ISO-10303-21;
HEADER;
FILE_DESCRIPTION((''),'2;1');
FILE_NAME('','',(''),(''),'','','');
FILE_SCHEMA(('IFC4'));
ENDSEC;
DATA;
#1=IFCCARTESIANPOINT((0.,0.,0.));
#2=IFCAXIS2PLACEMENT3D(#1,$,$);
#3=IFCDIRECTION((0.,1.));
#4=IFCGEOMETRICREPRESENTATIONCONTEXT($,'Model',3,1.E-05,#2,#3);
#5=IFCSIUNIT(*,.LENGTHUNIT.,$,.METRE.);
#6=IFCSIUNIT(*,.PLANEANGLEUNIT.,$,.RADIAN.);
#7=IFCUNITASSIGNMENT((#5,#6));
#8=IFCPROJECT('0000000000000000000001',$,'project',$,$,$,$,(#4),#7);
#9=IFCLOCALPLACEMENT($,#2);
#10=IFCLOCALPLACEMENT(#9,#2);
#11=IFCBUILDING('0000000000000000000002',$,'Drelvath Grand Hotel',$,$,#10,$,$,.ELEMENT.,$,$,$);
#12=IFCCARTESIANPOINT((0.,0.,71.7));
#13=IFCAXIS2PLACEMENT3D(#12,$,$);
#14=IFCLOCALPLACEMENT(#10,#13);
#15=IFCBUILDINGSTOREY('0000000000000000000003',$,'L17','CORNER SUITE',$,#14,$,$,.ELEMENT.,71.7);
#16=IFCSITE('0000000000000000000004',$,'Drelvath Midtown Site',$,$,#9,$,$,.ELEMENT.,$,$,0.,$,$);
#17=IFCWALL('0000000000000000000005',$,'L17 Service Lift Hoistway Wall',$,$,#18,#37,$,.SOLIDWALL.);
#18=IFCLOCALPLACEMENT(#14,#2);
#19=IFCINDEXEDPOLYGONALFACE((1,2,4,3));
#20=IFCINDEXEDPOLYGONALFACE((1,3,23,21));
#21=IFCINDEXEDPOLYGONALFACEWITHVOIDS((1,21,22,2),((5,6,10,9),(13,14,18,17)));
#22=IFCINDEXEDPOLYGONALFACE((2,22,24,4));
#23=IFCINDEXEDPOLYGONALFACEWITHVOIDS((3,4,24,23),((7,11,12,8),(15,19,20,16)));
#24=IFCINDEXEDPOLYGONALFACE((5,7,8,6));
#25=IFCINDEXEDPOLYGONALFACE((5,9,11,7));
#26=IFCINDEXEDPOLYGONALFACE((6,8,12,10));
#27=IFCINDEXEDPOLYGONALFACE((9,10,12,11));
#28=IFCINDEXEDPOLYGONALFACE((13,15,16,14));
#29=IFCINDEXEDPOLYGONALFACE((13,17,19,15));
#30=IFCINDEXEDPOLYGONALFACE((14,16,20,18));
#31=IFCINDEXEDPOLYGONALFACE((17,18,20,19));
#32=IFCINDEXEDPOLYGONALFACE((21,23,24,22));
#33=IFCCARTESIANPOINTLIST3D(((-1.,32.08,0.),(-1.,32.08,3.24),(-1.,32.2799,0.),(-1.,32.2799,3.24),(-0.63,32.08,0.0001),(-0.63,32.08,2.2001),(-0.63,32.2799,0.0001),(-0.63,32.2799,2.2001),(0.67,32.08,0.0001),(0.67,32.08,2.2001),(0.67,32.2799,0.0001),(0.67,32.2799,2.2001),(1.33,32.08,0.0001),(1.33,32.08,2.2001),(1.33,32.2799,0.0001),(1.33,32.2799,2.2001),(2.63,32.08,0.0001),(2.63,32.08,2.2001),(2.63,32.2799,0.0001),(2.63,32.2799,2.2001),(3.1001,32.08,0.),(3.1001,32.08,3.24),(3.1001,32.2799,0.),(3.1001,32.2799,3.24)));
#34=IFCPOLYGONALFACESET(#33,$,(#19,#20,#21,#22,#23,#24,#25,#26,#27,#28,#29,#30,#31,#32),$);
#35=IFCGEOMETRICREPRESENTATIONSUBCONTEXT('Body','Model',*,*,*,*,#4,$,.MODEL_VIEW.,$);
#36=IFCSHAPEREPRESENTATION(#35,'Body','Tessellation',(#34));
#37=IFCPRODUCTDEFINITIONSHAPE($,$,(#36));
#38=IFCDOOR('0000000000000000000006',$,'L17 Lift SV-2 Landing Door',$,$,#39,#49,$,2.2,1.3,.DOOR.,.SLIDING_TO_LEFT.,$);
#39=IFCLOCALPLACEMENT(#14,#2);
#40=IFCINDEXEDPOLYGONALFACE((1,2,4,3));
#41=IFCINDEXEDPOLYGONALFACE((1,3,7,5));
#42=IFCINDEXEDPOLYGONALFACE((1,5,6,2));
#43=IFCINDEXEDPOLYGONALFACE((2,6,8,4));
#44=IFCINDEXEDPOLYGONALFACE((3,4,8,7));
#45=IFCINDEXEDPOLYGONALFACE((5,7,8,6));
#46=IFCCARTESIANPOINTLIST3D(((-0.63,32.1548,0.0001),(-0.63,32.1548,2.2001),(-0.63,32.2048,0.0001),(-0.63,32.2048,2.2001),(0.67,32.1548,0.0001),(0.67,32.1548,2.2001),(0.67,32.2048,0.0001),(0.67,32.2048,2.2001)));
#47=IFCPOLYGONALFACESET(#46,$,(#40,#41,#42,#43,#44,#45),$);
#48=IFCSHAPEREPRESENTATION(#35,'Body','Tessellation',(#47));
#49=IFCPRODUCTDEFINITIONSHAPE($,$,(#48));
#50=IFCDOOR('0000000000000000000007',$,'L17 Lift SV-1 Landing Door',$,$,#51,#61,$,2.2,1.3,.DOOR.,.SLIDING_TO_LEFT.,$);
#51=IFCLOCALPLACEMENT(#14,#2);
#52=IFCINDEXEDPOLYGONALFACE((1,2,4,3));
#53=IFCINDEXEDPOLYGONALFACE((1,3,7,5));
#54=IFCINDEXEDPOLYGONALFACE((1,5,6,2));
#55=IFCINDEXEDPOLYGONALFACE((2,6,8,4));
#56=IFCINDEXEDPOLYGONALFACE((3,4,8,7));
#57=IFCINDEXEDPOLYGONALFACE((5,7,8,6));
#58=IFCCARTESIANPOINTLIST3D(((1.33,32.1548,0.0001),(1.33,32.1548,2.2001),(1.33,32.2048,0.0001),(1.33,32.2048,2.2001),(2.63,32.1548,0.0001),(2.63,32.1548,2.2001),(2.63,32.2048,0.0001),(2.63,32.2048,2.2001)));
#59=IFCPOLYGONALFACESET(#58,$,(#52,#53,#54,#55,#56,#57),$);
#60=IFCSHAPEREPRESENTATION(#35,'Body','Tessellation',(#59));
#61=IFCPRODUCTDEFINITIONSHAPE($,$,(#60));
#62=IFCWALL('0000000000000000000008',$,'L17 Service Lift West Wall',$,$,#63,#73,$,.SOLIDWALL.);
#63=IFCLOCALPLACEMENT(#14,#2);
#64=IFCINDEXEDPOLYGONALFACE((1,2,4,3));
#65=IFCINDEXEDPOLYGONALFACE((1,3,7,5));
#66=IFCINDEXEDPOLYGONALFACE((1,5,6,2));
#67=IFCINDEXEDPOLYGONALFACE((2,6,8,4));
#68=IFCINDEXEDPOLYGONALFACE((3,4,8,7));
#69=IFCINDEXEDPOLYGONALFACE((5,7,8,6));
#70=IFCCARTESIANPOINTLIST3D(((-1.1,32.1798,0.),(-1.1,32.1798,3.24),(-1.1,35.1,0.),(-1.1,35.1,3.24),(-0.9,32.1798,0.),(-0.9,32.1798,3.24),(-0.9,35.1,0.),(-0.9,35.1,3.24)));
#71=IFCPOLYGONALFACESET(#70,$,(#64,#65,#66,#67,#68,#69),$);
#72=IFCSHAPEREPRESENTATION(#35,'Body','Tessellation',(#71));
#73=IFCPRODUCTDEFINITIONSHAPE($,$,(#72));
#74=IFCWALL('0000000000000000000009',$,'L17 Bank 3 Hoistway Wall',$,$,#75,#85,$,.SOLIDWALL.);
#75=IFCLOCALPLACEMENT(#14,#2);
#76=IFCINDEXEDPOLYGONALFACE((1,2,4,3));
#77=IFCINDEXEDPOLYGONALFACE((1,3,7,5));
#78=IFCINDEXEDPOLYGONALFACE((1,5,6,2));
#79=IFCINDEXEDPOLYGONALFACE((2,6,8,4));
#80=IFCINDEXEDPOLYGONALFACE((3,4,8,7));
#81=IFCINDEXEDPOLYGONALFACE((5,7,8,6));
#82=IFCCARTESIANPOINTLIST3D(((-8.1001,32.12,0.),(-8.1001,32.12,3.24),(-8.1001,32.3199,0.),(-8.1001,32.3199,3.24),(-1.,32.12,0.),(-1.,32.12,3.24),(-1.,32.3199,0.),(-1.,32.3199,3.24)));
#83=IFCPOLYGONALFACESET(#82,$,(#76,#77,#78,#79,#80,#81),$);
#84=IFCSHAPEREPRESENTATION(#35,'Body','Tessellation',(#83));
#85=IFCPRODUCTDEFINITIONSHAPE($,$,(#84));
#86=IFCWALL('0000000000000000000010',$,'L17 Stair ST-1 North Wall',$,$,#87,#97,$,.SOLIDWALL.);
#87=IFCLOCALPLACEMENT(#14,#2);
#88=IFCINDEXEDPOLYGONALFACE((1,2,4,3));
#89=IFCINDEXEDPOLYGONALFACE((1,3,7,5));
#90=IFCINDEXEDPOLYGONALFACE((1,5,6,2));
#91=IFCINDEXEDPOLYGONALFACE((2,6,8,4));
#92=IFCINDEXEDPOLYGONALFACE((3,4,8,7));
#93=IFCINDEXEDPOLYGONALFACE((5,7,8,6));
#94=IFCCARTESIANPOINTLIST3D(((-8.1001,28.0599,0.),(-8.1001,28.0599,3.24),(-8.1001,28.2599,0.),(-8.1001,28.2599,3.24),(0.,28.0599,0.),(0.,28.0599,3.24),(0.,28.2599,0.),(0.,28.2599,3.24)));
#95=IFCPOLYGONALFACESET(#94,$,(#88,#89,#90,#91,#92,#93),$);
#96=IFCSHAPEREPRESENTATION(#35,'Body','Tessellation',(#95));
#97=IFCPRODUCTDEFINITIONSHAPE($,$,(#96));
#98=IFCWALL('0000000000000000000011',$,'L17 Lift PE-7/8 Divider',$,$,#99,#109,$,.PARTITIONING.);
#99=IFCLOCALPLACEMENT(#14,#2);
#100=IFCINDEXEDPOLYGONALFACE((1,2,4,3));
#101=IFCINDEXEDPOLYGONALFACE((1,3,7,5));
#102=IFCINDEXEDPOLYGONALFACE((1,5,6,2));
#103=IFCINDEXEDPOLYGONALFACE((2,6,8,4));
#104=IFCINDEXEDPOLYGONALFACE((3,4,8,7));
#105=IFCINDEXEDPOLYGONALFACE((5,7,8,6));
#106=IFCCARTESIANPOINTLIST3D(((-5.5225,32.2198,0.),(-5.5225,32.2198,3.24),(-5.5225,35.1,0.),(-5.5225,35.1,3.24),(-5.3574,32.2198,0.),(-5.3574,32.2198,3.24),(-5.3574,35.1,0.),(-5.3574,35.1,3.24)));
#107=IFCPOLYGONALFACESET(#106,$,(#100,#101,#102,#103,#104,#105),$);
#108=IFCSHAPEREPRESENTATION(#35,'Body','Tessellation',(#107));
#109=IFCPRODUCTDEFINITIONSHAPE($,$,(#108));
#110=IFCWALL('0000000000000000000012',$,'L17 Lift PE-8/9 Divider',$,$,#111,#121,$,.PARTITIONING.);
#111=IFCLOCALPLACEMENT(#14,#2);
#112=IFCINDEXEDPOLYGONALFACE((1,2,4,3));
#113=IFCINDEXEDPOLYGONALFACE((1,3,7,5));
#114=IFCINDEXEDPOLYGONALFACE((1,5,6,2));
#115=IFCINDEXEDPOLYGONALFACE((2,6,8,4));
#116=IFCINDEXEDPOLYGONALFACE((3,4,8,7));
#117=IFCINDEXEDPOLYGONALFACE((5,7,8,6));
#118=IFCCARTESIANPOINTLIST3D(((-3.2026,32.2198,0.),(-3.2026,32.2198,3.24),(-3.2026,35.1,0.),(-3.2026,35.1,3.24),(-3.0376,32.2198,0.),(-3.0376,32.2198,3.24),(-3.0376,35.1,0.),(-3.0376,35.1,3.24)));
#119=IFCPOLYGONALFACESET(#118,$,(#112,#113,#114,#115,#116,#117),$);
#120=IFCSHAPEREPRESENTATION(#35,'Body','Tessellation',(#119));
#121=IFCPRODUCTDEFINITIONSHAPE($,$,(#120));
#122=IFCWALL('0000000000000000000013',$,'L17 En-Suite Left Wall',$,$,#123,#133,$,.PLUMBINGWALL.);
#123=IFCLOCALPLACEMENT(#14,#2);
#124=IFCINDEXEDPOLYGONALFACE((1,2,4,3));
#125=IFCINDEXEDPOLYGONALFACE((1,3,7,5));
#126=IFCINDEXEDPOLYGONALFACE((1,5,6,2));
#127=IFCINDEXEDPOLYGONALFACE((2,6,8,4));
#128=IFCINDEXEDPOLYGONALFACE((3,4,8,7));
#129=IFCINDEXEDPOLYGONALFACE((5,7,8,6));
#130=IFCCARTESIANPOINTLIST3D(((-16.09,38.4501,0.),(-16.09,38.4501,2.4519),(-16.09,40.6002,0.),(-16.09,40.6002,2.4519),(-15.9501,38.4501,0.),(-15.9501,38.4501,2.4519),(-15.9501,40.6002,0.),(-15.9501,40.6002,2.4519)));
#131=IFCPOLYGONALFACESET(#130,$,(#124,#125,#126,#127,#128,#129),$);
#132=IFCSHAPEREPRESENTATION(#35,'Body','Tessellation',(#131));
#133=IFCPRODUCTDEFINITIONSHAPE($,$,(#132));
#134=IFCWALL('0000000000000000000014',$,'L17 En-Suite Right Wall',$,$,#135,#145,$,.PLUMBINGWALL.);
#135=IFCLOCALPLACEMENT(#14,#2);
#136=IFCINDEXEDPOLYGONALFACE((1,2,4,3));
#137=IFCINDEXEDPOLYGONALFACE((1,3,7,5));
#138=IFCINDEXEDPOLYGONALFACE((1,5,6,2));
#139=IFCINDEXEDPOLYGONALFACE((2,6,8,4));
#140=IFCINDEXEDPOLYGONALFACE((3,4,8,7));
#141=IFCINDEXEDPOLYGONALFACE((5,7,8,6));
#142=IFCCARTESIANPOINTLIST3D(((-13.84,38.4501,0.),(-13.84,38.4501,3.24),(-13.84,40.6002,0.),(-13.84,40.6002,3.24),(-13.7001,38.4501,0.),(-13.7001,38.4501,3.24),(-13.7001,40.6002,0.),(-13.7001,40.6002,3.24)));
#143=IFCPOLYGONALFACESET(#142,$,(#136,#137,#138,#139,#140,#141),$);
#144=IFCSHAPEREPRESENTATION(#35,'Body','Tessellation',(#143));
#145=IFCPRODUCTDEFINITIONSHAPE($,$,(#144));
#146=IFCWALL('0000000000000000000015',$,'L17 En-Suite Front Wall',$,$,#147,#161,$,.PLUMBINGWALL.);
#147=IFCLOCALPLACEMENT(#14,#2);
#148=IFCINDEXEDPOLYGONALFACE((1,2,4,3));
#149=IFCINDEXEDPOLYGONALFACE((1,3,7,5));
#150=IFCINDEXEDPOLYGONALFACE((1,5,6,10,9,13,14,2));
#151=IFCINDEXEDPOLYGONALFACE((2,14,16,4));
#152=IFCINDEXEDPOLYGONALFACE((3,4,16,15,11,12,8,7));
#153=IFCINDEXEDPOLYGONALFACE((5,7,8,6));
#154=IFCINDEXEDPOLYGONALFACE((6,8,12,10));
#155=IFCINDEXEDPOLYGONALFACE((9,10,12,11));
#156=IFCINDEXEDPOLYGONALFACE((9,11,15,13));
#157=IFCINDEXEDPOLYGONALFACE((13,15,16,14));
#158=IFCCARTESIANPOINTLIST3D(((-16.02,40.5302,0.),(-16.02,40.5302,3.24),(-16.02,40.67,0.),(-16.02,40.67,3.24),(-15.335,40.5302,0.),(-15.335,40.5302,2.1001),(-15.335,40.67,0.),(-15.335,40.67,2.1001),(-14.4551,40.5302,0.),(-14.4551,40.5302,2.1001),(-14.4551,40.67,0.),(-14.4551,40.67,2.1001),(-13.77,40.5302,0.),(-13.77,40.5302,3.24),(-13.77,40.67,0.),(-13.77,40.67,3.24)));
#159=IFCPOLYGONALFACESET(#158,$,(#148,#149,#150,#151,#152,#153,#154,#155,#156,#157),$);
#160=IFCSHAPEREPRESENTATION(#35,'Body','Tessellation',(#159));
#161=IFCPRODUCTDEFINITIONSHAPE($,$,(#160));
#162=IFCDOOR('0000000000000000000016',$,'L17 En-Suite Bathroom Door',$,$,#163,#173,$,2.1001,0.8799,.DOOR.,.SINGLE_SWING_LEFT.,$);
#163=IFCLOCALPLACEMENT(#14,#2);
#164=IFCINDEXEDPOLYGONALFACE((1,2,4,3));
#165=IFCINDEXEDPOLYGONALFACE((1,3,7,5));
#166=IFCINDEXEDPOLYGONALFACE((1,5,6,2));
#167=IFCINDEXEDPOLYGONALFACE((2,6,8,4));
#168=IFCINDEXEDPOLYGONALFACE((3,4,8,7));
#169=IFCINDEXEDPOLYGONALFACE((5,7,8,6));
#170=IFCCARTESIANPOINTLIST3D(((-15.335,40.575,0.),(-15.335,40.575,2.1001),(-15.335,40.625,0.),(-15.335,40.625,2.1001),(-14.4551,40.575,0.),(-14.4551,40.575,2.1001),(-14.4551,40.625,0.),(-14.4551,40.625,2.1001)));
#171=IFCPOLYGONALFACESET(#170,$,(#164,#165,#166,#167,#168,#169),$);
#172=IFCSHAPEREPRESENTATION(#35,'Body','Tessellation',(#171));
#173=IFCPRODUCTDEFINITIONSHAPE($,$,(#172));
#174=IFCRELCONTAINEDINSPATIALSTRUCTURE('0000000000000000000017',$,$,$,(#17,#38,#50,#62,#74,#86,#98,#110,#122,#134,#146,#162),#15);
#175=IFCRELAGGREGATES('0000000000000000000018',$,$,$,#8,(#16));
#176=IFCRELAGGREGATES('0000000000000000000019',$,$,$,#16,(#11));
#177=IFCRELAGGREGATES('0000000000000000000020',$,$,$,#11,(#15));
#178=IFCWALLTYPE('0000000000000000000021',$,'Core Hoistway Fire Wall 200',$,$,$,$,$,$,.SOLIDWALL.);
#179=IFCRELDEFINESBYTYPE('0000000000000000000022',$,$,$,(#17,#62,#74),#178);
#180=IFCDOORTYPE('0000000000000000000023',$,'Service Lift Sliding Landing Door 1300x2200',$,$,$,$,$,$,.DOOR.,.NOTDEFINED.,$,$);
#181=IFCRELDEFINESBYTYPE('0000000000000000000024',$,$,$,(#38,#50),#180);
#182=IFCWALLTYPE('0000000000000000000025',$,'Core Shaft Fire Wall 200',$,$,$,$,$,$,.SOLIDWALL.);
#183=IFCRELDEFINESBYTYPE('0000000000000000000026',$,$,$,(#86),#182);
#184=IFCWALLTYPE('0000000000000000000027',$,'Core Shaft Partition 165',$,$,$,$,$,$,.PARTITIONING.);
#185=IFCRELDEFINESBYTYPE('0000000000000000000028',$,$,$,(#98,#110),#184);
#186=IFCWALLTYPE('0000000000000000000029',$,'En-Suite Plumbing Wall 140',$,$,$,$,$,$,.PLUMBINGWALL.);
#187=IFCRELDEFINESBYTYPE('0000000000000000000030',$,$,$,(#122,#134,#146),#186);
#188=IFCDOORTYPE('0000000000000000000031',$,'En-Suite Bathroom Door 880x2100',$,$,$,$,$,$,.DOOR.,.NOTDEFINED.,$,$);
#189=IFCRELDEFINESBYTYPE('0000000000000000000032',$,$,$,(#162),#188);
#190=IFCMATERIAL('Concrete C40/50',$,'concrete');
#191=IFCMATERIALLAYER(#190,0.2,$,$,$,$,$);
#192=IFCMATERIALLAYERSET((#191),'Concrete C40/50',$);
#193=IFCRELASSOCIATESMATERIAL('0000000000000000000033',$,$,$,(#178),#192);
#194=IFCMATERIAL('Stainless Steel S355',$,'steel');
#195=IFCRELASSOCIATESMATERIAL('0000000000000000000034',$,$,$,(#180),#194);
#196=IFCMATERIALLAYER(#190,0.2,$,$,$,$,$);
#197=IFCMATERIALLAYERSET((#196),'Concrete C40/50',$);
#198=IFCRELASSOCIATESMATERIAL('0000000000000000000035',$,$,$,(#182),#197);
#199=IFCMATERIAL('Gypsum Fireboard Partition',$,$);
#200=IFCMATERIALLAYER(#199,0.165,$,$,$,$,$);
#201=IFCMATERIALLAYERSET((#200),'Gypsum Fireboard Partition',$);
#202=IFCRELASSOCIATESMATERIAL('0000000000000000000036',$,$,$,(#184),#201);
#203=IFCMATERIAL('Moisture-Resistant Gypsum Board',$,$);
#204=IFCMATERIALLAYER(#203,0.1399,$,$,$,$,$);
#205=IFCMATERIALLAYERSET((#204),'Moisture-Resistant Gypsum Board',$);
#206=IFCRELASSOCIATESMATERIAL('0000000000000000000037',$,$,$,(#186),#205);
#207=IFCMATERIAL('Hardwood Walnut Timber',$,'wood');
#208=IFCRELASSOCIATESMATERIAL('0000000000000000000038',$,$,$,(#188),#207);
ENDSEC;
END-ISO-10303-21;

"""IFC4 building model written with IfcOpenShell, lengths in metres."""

from ifc_helpers import new_model, si_unit, direction, frame, frame_2d, origin, place, context, subcontext, project, spatial, rectangle, extrude, material, layer, layer_set, type_object, element, fill, save


model = new_model("IFC4")

# Units and contexts
model_context = context("Model", 3, precision=1e-05, world=origin(), true_north=direction((0.0, 1.0)))
body_context = subcontext(model_context, "Body", "Model", "MODEL_VIEW")
ifc_project = project(units=[si_unit("LENGTHUNIT", "METRE"), si_unit("PLANEANGLEUNIT", "RADIAN")], contexts=[model_context])

# Site, building, storey
site_placement = place(None, origin())
site = spatial("IfcSite", under=ifc_project, at=site_placement, Name="Drelvath Midtown Site", CompositionType="ELEMENT", RefElevation=0.0)
building_placement = place(site_placement, origin())
building = spatial("IfcBuilding", under=site, at=building_placement, Name="Drelvath Grand Hotel", CompositionType="ELEMENT")
storey_placement = place(building_placement, frame((0.0, 0.0, 71.7)))
storey = spatial("IfcBuildingStorey", under=building, at=storey_placement, Name="L17", Description="CORNER SUITE", CompositionType="ELEMENT", Elevation=71.7)

# Wall, openings, doors
ifc_material_1 = material(Name="Concrete C40/50", Category="concrete")
ifc_layer_1 = layer(ifc_material_1, 0.2)
ifc_layer_set_1 = layer_set([ifc_layer_1], Name="Concrete C40/50")
wall_type_1 = type_object("IfcWallType", Name="Core Hoistway Fire Wall 200", PredefinedType="SOLIDWALL", material=ifc_layer_set_1)
wall_1_placement = place(storey_placement, frame((-1.0, 32.1799, 0.0), z_axis=(0.0, 0.0, 1.0), x_axis=(1.0, 0.0, 0.0)))
wall_1 = element("IfcWall", 1, at=wall_1_placement, inside=storey, type_object=wall_type_1, Name="L17 Service Lift Hoistway Wall", PredefinedType="SOLIDWALL", context=body_context, shape_type="SweptSolid", body=[
    extrude(rectangle(XDim=4.1001, YDim=0.2, at=frame_2d((2.05, 0.0))), origin(), (0.0, 0.0, 1.0), 3.24),
])
opening_1_placement = place(wall_1_placement, frame((0.3701, 0.0, 0.0)))
opening_1 = element("IfcOpeningElement", 2, at=opening_1_placement, cuts=wall_1, PredefinedType="OPENING", context=body_context, shape_type="SweptSolid", body=[
    extrude(rectangle(XDim=1.3, YDim=2.2, at=frame_2d((0.6499, 1.1001))), frame((0.0, 0.1099, 0.0), z_axis=(0.0, -1.0, 0.0), x_axis=(1.0, 0.0, 0.0)), (0.0, 0.0, 1.0), 0.22),
])
opening_2_placement = place(wall_1_placement, frame((2.3301, 0.0, 0.0)))
opening_2 = element("IfcOpeningElement", 3, at=opening_2_placement, cuts=wall_1, PredefinedType="OPENING", context=body_context, shape_type="SweptSolid", body=[
    extrude(rectangle(XDim=1.3, YDim=2.2, at=frame_2d((0.6499, 1.1001))), frame((0.0, 0.1099, 0.0), z_axis=(0.0, -1.0, 0.0), x_axis=(1.0, 0.0, 0.0)), (0.0, 0.0, 1.0), 0.22),
])
ifc_material_2 = material(Name="Stainless Steel S355", Category="steel")
door_type_1 = type_object("IfcDoorType", Name="Service Lift Sliding Landing Door 1300x2200", OperationType="NOTDEFINED", PredefinedType="DOOR", material=ifc_material_2)
door_1_placement = place(opening_1_placement, origin())
door_1 = element("IfcDoor", 4, at=door_1_placement, inside=storey, type_object=door_type_1, Name="L17 Lift SV-2 Landing Door", OperationType="SLIDING_TO_LEFT", OverallHeight=2.2, OverallWidth=1.3, PredefinedType="DOOR", context=body_context, shape_type="SweptSolid", body=[
    extrude(rectangle(XDim=1.3, YDim=2.2, at=frame_2d((0.6499, 1.1001))), frame((0.0, 0.0249, 0.0), z_axis=(0.0, -1.0, 0.0), x_axis=(1.0, 0.0, 0.0)), (0.0, 0.0, 1.0), 0.05),
])
fill(opening_1, door_1)
door_2_placement = place(opening_2_placement, origin())
door_2 = element("IfcDoor", 5, at=door_2_placement, inside=storey, type_object=door_type_1, Name="L17 Lift SV-1 Landing Door", OperationType="SLIDING_TO_LEFT", OverallHeight=2.2, OverallWidth=1.3, PredefinedType="DOOR", context=body_context, shape_type="SweptSolid", body=[
    extrude(rectangle(XDim=1.3, YDim=2.2, at=frame_2d((0.6499, 1.1001))), frame((0.0, 0.0249, 0.0), z_axis=(0.0, -1.0, 0.0), x_axis=(1.0, 0.0, 0.0)), (0.0, 0.0, 1.0), 0.05),
])
fill(opening_2, door_2)

# Walls
wall_2_placement = place(storey_placement, frame((-1.0, 32.1799, 0.0), z_axis=(0.0, 0.0, 1.0), x_axis=(0.0, 1.0, 0.0)))
element("IfcWall", 6, at=wall_2_placement, inside=storey, type_object=wall_type_1, Name="L17 Service Lift West Wall", PredefinedType="SOLIDWALL", context=body_context, shape_type="SweptSolid", body=[
    extrude(rectangle(XDim=2.9202, YDim=0.2, at=frame_2d((1.46, 0.0))), origin(), (0.0, 0.0, 1.0), 3.24),
])
wall_3_placement = place(storey_placement, frame((-8.1001, 32.22, 0.0), z_axis=(0.0, 0.0, 1.0), x_axis=(1.0, 0.0, 0.0)))
element("IfcWall", 7, at=wall_3_placement, inside=storey, type_object=wall_type_1, Name="L17 Bank 3 Hoistway Wall", PredefinedType="SOLIDWALL", context=body_context, shape_type="SweptSolid", body=[
    extrude(rectangle(XDim=7.1001, YDim=0.2, at=frame_2d((3.55, 0.0))), origin(), (0.0, 0.0, 1.0), 3.24),
])
ifc_layer_2 = layer(ifc_material_1, 0.2)
ifc_layer_set_2 = layer_set([ifc_layer_2], Name="Concrete C40/50")
wall_type_2 = type_object("IfcWallType", Name="Core Shaft Fire Wall 200", PredefinedType="SOLIDWALL", material=ifc_layer_set_2)
wall_4_placement = place(storey_placement, frame((-8.1001, 28.1599, 0.0), z_axis=(0.0, 0.0, 1.0), x_axis=(1.0, 0.0, 0.0)))
element("IfcWall", 8, at=wall_4_placement, inside=storey, type_object=wall_type_2, Name="L17 Stair ST-1 North Wall", PredefinedType="SOLIDWALL", context=body_context, shape_type="SweptSolid", body=[
    extrude(rectangle(XDim=8.1001, YDim=0.2, at=frame_2d((4.05, 0.0))), origin(), (0.0, 0.0, 1.0), 3.24),
])
ifc_material_3 = material(Name="Gypsum Fireboard Partition")
ifc_layer_3 = layer(ifc_material_3, 0.165)
ifc_layer_set_3 = layer_set([ifc_layer_3], Name="Gypsum Fireboard Partition")
wall_type_3 = type_object("IfcWallType", Name="Core Shaft Partition 165", PredefinedType="PARTITIONING", material=ifc_layer_set_3)
for number, where, z_axis, x_axis, name in (
    (9, (-5.4399, 32.22, 0.0), (0.0, 0.0, 1.0), (0.0, 1.0, 0.0), "L17 Lift PE-7/8 Divider"),
    (10, (-3.1201, 32.22, 0.0), (0.0, 0.0, 1.0), (0.0, 1.0, 0.0), "L17 Lift PE-8/9 Divider"),
):
    element("IfcWall", number, at=place(storey_placement, frame(where, z_axis=z_axis, x_axis=x_axis)), inside=storey, type_object=wall_type_3, Name=name, PredefinedType="PARTITIONING", context=body_context, shape_type="SweptSolid", body=[
        extrude(rectangle(XDim=2.8801, YDim=0.165, at=frame_2d((1.4399, 0.0))), origin(), (0.0, 0.0, 1.0), 3.24),
    ])
ifc_material_4 = material(Name="Moisture-Resistant Gypsum Board")
ifc_layer_4 = layer(ifc_material_4, 0.1399)
ifc_layer_set_4 = layer_set([ifc_layer_4], Name="Moisture-Resistant Gypsum Board")
wall_type_4 = type_object("IfcWallType", Name="En-Suite Plumbing Wall 140", PredefinedType="PLUMBINGWALL", material=ifc_layer_set_4)
wall_5_placement = place(storey_placement, frame((-16.02, 38.45, 0.0), z_axis=(0.0, 0.0, 1.0), x_axis=(0.0, 1.0, 0.0)))
element("IfcWall", 11, at=wall_5_placement, inside=storey, type_object=wall_type_4, Name="L17 En-Suite Left Wall", PredefinedType="PLUMBINGWALL", context=body_context, shape_type="SweptSolid", body=[
    extrude(rectangle(XDim=2.1501, YDim=0.1399, at=frame_2d((1.0752, 0.0))), origin(), (0.0, 0.0, 1.0), 2.4519),
])
wall_6_placement = place(storey_placement, frame((-13.77, 38.45, 0.0), z_axis=(0.0, 0.0, 1.0), x_axis=(0.0, 1.0, 0.0)))
element("IfcWall", 12, at=wall_6_placement, inside=storey, type_object=wall_type_4, Name="L17 En-Suite Right Wall", PredefinedType="PLUMBINGWALL", context=body_context, shape_type="SweptSolid", body=[
    extrude(rectangle(XDim=2.1501, YDim=0.1399, at=frame_2d((1.0752, 0.0))), origin(), (0.0, 0.0, 1.0), 3.24),
])

# Wall, opening, door
wall_7_placement = place(storey_placement, frame((-16.02, 40.6001, 0.0), z_axis=(0.0, 0.0, 1.0), x_axis=(1.0, 0.0, 0.0)))
wall_7 = element("IfcWall", 13, at=wall_7_placement, inside=storey, type_object=wall_type_4, Name="L17 En-Suite Front Wall", PredefinedType="PLUMBINGWALL", context=body_context, shape_type="SweptSolid", body=[
    extrude(rectangle(XDim=2.25, YDim=0.1399, at=frame_2d((1.125, 0.0))), origin(), (0.0, 0.0, 1.0), 3.24),
])
opening_3_placement = place(wall_7_placement, frame((0.6851, 0.0, 0.0)))
opening_3 = element("IfcOpeningElement", 14, at=opening_3_placement, cuts=wall_7, PredefinedType="OPENING", context=body_context, shape_type="SweptSolid", body=[
    extrude(rectangle(XDim=0.8799, YDim=2.1001, at=frame_2d((0.4399, 1.05))), frame((0.0, 0.0798, 0.0), z_axis=(0.0, -1.0, 0.0), x_axis=(1.0, 0.0, 0.0)), (0.0, 0.0, 1.0), 0.1599),
])
ifc_material_5 = material(Name="Hardwood Walnut Timber", Category="wood")
door_type_2 = type_object("IfcDoorType", Name="En-Suite Bathroom Door 880x2100", OperationType="NOTDEFINED", PredefinedType="DOOR", material=ifc_material_5)
door_3_placement = place(opening_3_placement, origin())
door_3 = element("IfcDoor", 15, at=door_3_placement, inside=storey, type_object=door_type_2, Name="L17 En-Suite Bathroom Door", OperationType="SINGLE_SWING_LEFT", OverallHeight=2.1001, OverallWidth=0.8799, PredefinedType="DOOR", context=body_context, shape_type="SweptSolid", body=[
    extrude(rectangle(XDim=0.8799, YDim=2.1001, at=frame_2d((0.4399, 1.05))), frame((0.0, 0.0249, 0.0), z_axis=(0.0, -1.0, 0.0), x_axis=(1.0, 0.0, 0.0)), (0.0, 0.0, 1.0), 0.05),
])
fill(opening_3, door_3)

save(model, "model.ifc")
